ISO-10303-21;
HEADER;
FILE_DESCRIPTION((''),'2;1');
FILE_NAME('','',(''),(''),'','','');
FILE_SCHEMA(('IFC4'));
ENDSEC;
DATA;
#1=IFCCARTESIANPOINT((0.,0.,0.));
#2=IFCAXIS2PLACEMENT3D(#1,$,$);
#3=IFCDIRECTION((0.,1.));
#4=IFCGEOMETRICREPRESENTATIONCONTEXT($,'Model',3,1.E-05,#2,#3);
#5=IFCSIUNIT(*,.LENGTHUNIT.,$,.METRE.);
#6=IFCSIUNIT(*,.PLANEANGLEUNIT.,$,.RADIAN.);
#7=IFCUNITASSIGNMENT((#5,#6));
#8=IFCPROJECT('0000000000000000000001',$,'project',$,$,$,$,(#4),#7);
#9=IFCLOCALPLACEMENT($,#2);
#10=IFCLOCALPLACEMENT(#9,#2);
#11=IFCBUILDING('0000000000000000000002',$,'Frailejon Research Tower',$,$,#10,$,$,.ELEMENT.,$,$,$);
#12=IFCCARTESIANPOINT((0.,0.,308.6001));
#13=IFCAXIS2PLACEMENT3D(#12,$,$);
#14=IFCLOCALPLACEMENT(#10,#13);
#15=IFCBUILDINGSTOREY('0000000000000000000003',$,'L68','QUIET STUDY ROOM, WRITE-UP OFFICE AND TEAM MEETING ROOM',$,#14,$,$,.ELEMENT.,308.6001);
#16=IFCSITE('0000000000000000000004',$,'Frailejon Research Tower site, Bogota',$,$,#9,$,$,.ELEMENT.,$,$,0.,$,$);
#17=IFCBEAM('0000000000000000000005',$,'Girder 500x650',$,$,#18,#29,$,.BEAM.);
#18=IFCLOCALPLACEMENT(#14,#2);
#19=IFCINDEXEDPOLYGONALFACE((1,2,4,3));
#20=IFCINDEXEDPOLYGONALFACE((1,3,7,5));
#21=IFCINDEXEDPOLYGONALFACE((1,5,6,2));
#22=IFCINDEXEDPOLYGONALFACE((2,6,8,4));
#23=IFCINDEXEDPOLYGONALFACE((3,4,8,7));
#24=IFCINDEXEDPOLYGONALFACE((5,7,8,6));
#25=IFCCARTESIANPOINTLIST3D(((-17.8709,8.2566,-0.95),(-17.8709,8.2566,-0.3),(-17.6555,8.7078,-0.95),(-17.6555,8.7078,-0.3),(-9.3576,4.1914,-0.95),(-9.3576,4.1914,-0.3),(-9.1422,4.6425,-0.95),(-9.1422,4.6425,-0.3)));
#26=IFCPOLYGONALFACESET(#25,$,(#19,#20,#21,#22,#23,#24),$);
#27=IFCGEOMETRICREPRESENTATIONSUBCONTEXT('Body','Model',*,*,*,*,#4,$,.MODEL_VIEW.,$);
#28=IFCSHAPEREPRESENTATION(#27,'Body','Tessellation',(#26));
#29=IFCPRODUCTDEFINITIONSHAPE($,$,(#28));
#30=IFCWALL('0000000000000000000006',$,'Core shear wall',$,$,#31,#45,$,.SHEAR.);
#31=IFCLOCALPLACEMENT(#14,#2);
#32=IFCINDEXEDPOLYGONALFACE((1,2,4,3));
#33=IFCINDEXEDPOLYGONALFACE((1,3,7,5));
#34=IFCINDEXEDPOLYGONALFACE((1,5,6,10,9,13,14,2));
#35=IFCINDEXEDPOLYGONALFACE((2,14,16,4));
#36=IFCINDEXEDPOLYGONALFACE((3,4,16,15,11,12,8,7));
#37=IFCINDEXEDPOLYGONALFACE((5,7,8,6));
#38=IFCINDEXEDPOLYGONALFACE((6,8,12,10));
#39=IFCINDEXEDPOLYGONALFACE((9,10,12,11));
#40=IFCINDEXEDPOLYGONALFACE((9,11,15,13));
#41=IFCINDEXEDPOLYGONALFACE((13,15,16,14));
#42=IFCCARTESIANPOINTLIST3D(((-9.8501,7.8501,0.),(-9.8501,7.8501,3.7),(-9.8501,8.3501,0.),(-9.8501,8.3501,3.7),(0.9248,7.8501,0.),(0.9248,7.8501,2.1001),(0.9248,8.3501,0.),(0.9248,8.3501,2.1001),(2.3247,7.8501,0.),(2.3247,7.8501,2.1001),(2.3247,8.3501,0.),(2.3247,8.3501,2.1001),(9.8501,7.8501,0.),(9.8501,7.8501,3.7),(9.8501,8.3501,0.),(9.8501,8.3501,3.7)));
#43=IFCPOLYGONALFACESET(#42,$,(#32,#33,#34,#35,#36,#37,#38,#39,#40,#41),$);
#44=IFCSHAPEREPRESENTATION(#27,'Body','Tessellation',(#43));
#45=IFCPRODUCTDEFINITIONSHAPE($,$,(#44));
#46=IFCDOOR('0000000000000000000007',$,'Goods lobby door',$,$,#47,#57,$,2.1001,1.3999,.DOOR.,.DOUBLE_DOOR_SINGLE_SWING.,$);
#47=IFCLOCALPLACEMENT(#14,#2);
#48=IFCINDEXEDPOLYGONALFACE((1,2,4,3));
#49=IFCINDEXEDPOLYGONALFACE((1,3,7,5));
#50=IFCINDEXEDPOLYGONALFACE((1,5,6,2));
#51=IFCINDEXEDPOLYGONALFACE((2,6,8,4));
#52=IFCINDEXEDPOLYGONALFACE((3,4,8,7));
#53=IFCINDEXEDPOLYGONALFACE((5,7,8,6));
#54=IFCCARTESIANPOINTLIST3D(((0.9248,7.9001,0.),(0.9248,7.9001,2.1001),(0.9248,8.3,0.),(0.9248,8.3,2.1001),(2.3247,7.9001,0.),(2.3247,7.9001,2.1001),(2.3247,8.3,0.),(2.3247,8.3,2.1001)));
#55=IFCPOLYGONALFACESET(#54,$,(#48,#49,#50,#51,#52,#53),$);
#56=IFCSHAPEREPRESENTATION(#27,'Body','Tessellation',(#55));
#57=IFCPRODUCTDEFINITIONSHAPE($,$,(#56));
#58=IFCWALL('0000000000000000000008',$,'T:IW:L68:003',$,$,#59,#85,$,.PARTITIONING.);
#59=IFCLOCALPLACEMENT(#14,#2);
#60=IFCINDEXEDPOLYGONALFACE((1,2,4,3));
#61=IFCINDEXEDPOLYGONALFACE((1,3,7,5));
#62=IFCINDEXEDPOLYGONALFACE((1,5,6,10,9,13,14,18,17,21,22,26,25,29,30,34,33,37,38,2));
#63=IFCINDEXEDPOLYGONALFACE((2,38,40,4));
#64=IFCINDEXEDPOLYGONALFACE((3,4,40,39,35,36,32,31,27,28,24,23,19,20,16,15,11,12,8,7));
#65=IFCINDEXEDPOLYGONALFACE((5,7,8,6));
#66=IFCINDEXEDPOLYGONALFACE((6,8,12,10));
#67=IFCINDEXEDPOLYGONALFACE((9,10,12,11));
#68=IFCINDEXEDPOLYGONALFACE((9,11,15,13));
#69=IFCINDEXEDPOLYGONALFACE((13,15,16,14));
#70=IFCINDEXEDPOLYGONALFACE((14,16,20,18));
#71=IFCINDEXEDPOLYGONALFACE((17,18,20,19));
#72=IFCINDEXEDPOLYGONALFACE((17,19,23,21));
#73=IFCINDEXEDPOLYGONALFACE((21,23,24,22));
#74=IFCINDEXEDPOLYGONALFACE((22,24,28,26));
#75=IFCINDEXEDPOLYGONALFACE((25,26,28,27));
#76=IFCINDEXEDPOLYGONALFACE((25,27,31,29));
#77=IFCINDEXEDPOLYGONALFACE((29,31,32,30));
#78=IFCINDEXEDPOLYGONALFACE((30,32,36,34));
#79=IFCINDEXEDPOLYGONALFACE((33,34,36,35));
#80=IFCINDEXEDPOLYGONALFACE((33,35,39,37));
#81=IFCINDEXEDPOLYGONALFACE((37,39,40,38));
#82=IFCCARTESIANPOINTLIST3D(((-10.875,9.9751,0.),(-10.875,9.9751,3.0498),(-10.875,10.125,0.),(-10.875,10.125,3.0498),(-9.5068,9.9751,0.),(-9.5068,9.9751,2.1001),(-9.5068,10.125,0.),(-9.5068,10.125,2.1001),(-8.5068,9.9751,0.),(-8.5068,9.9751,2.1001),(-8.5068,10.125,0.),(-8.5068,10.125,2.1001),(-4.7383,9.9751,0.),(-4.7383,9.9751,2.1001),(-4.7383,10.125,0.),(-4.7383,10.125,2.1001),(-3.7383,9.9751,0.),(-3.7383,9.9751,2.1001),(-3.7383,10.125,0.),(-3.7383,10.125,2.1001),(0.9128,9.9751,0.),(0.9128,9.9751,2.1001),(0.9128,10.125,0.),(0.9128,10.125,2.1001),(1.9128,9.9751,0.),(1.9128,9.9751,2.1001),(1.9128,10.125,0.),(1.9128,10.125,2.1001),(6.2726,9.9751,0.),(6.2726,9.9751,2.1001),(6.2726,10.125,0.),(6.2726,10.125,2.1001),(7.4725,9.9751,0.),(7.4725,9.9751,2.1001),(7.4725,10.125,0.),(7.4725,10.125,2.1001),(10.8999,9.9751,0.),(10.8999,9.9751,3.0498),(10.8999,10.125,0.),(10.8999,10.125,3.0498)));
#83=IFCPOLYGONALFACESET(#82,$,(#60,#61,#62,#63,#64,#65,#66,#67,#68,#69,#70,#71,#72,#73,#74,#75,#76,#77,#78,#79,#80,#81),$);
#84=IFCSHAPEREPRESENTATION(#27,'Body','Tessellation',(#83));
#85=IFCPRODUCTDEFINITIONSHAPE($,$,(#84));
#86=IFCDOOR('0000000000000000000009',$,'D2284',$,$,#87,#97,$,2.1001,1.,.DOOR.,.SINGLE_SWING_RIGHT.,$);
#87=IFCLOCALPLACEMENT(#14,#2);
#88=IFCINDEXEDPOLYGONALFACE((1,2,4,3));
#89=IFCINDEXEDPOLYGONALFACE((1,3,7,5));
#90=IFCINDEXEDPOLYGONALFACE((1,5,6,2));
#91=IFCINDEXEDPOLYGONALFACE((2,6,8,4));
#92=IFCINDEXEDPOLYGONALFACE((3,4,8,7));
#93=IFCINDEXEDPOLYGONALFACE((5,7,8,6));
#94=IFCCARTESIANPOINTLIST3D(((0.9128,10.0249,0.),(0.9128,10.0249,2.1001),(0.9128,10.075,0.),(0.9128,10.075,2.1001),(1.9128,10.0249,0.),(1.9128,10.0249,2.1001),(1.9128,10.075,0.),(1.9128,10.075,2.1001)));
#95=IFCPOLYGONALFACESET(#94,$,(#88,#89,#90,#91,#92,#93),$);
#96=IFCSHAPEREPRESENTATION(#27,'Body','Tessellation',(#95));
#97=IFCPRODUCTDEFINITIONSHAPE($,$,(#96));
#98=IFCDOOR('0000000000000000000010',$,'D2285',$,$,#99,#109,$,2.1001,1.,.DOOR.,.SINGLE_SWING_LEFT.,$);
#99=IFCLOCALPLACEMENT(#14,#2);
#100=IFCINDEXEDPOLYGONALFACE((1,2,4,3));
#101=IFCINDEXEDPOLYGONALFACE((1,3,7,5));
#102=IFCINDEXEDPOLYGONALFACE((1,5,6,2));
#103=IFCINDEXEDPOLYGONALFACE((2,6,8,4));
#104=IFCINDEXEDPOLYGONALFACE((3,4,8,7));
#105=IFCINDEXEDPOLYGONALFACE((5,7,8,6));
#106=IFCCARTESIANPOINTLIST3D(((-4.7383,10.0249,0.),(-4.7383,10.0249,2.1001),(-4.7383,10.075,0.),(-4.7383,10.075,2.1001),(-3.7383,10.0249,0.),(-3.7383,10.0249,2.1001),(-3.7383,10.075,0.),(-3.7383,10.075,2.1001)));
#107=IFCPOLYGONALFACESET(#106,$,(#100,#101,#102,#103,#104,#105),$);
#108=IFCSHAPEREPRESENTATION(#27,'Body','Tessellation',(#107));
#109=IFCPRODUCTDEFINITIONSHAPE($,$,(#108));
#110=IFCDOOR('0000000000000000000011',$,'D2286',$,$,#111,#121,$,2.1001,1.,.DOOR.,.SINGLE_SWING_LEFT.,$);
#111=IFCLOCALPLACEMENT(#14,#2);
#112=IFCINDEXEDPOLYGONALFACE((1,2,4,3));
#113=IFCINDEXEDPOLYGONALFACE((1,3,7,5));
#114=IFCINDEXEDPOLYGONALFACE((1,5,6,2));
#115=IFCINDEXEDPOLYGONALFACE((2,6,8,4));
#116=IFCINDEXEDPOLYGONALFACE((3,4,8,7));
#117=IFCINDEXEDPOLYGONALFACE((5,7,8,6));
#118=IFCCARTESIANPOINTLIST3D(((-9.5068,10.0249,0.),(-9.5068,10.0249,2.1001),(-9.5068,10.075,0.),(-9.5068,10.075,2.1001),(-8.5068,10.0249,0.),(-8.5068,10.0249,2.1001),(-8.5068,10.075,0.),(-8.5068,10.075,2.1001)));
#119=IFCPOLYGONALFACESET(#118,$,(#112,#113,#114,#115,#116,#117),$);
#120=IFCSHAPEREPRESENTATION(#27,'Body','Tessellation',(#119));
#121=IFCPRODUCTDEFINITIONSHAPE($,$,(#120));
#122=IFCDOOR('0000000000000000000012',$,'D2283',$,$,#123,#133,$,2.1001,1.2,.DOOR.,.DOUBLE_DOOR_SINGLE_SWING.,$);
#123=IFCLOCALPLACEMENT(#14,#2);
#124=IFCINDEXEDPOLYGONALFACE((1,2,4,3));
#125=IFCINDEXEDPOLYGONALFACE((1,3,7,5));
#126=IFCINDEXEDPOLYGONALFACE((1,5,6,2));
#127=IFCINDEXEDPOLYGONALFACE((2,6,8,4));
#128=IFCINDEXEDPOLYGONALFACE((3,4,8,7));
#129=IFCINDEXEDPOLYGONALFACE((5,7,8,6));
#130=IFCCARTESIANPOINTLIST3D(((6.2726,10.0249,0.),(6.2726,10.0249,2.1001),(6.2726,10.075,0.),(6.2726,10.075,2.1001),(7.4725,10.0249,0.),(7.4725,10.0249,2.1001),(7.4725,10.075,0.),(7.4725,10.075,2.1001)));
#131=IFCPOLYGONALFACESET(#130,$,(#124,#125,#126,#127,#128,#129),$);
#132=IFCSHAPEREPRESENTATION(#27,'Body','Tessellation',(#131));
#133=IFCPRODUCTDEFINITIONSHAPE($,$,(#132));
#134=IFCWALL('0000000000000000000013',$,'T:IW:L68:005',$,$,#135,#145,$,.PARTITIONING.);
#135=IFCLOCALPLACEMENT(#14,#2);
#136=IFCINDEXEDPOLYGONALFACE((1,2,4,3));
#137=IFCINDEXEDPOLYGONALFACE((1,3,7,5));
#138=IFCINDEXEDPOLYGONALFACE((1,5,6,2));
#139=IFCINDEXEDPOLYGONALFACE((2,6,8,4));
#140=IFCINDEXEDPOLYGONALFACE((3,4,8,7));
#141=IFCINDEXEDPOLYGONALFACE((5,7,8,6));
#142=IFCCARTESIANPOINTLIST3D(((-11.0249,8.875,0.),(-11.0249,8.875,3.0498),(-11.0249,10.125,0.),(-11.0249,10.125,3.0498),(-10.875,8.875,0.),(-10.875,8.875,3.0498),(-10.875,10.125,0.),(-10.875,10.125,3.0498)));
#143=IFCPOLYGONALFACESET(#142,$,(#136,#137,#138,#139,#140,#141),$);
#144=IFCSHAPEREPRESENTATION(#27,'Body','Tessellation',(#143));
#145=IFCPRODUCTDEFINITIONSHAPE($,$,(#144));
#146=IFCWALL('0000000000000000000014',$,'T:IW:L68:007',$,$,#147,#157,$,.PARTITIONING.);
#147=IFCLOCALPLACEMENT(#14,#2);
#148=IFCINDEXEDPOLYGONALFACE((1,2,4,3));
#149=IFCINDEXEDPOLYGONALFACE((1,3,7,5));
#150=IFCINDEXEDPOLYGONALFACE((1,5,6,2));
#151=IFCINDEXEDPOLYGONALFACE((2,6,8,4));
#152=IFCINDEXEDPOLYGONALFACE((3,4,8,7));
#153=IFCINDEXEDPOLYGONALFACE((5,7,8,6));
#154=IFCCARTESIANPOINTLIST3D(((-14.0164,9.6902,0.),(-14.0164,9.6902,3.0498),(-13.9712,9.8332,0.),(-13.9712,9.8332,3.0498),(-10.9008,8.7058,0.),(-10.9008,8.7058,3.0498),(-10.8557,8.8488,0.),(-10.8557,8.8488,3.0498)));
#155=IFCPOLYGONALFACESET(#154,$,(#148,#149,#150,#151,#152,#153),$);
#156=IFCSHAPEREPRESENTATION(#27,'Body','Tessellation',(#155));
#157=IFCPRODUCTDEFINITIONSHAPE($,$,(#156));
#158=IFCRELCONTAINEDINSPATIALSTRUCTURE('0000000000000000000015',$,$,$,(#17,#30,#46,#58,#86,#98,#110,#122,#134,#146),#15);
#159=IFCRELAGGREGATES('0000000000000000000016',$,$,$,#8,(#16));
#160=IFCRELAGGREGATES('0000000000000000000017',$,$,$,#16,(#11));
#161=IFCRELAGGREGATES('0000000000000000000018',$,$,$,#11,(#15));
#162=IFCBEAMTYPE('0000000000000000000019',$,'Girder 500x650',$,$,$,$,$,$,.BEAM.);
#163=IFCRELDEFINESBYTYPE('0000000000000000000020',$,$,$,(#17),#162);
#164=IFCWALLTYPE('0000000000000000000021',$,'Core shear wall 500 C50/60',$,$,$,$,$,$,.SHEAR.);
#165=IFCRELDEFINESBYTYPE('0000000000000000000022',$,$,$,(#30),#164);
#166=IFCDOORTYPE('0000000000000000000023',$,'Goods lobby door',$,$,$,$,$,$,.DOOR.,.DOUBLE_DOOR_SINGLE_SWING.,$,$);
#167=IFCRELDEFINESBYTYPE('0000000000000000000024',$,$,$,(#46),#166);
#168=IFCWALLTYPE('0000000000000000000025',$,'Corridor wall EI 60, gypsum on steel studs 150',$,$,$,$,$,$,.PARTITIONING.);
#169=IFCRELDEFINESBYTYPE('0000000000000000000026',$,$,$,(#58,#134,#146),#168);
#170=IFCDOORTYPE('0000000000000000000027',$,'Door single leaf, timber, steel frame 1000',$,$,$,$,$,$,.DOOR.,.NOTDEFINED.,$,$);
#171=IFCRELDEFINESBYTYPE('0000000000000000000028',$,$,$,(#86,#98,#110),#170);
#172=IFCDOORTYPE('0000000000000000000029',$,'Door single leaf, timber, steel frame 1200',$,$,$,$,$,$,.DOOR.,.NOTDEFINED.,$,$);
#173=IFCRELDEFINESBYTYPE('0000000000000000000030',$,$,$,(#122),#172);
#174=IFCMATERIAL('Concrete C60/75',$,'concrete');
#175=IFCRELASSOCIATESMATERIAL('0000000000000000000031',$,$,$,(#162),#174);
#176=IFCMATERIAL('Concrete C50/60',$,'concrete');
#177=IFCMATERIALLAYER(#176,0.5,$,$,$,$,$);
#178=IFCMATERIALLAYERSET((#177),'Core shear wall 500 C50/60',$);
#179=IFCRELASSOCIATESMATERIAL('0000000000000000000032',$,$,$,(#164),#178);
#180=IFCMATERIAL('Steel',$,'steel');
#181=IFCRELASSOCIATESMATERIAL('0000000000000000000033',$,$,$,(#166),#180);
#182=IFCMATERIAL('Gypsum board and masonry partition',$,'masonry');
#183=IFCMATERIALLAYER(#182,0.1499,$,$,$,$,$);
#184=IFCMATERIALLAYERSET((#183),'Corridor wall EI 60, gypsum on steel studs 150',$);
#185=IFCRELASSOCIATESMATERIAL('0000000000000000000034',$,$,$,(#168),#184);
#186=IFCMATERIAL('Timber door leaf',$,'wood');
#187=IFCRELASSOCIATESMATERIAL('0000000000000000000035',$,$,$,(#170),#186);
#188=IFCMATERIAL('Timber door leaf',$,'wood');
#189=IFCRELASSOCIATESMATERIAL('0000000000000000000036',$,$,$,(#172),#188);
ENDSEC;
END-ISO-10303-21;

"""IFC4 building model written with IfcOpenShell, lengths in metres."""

from ifc_helpers import new_model, si_unit, direction, frame, frame_2d, origin, origin_2d, place, context, subcontext, project, spatial, rectangle, extrude, material, layer, layer_set, material_profile, profile_set, type_object, element, fill, save


model = new_model("IFC4")

# Units and contexts
model_context = context("Model", 3, precision=1e-05, world=origin(), true_north=direction((0.0, 1.0)))
body_context = subcontext(model_context, "Body", "Model", "MODEL_VIEW")
ifc_project = project(units=[si_unit("LENGTHUNIT", "METRE"), si_unit("PLANEANGLEUNIT", "RADIAN")], contexts=[model_context])

# Site, building, storey
site_placement = place(None, origin())
site = spatial("IfcSite", under=ifc_project, at=site_placement, Name="Frailejon Research Tower site, Bogota", CompositionType="ELEMENT", RefElevation=0.0)
building_placement = place(site_placement, origin())
building = spatial("IfcBuilding", under=site, at=building_placement, Name="Frailejon Research Tower", CompositionType="ELEMENT")
storey_placement = place(building_placement, frame((0.0, 0.0, 308.6001)))
storey = spatial("IfcBuildingStorey", under=building, at=storey_placement, Name="L68", Description="QUIET STUDY ROOM, WRITE-UP OFFICE AND TEAM MEETING ROOM", CompositionType="ELEMENT", Elevation=308.6001)

# Beam
ifc_material_1 = material(Name="Concrete C60/75", Category="concrete")
ifc_material_profile = material_profile(ifc_material_1, rectangle(XDim=0.5, YDim=0.6499, at=origin_2d()), Name="Girder 500x650")
ifc_profile_set = profile_set([ifc_material_profile], Name="Concrete C60/75")
beam_type = type_object("IfcBeamType", Name="Girder 500x650", PredefinedType="BEAM", material=ifc_profile_set)
beam_placement = place(storey_placement, frame((-17.7632, 8.4822, -0.625), z_axis=(0.902396, -0.430909, 0.0), x_axis=(0.430909, 0.902396, 0.0)))
element("IfcBeam", 1, at=beam_placement, inside=storey, type_object=beam_type, Name="Girder 500x650", PredefinedType="BEAM", context=body_context, shape_type="SweptSolid", body=[
    extrude(rectangle(XDim=0.5, YDim=0.6499, at=origin_2d()), origin(), (0.0, 0.0, 1.0), 9.4341),
])

# Wall, opening, door
ifc_material_2 = material(Name="Concrete C50/60", Category="concrete")
ifc_layer_1 = layer(ifc_material_2, 0.5)
ifc_layer_set_1 = layer_set([ifc_layer_1], Name="Core shear wall 500 C50/60")
wall_type_1 = type_object("IfcWallType", Name="Core shear wall 500 C50/60", PredefinedType="SHEAR", material=ifc_layer_set_1)
wall_1_placement = place(storey_placement, frame((-9.8501, 8.1001, 0.0), z_axis=(0.0, 0.0, 1.0), x_axis=(1.0, 0.0, 0.0)))
wall_1 = element("IfcWall", 2, at=wall_1_placement, inside=storey, type_object=wall_type_1, Name="Core shear wall", PredefinedType="SHEAR", context=body_context, shape_type="SweptSolid", body=[
    extrude(rectangle(XDim=19.7002, YDim=0.5, at=frame_2d((9.8501, 0.0))), origin(), (0.0, 0.0, 1.0), 3.7),
])
opening_1_placement = place(wall_1_placement, frame((10.7749, 0.0, 0.0)))
opening_1 = element("IfcOpeningElement", 3, at=opening_1_placement, cuts=wall_1, PredefinedType="OPENING", context=body_context, shape_type="SweptSolid", body=[
    extrude(rectangle(XDim=1.3999, YDim=2.1001, at=frame_2d((0.7, 1.05))), frame((0.0, 0.26, 0.0), z_axis=(0.0, -1.0, 0.0), x_axis=(1.0, 0.0, 0.0)), (0.0, 0.0, 1.0), 0.52),
])
ifc_material_3 = material(Name="Steel", Category="steel")
door_type_1 = type_object("IfcDoorType", Name="Goods lobby door", OperationType="DOUBLE_DOOR_SINGLE_SWING", PredefinedType="DOOR", material=ifc_material_3)
door_1_placement = place(opening_1_placement, origin())
door_1 = element("IfcDoor", 4, at=door_1_placement, inside=storey, type_object=door_type_1, Name="Goods lobby door", OperationType="DOUBLE_DOOR_SINGLE_SWING", OverallHeight=2.1001, OverallWidth=1.3999, PredefinedType="DOOR", context=body_context, shape_type="SweptSolid", body=[
    extrude(rectangle(XDim=1.3999, YDim=2.1001, at=frame_2d((0.7, 1.05))), frame((0.0, 0.2, 0.0), z_axis=(0.0, -1.0, 0.0), x_axis=(1.0, 0.0, 0.0)), (0.0, 0.0, 1.0), 0.3999),
])
fill(opening_1, door_1)

# Wall, openings, doors
ifc_material_4 = material(Name="Gypsum board and masonry partition", Category="masonry")
ifc_layer_2 = layer(ifc_material_4, 0.1499)
ifc_layer_set_2 = layer_set([ifc_layer_2], Name="Corridor wall EI 60, gypsum on steel studs 150")
wall_type_2 = type_object("IfcWallType", Name="Corridor wall EI 60, gypsum on steel studs 150", PredefinedType="PARTITIONING", material=ifc_layer_set_2)
wall_2_placement = place(storey_placement, frame((-10.875, 10.05, 0.0), z_axis=(0.0, 0.0, 1.0), x_axis=(1.0, 0.0, 0.0)))
wall_2 = element("IfcWall", 5, at=wall_2_placement, inside=storey, type_object=wall_type_2, Name="T:IW:L68:003", PredefinedType="PARTITIONING", context=body_context, shape_type="SweptSolid", body=[
    extrude(rectangle(XDim=21.7749, YDim=0.1499, at=frame_2d((10.8875, 0.0))), origin(), (0.0, 0.0, 1.0), 3.0498),
])
opening_2_placement = place(wall_2_placement, frame((17.1475, 0.0, 0.0)))
opening_2 = element("IfcOpeningElement", 6, at=opening_2_placement, cuts=wall_2, PredefinedType="OPENING", context=body_context, shape_type="SweptSolid", body=[
    extrude(rectangle(XDim=1.2, YDim=2.1001, at=frame_2d((0.6001, 1.05))), frame((0.0, 0.085, 0.0), z_axis=(0.0, -1.0, 0.0), x_axis=(1.0, 0.0, 0.0)), (0.0, 0.0, 1.0), 0.1699),
])
opening_3_placement = place(wall_2_placement, frame((11.7878, 0.0, 0.0)))
opening_3 = element("IfcOpeningElement", 7, at=opening_3_placement, cuts=wall_2, PredefinedType="OPENING", context=body_context, shape_type="SweptSolid", body=[
    extrude(rectangle(XDim=1.0, YDim=2.1001, at=frame_2d((0.5, 1.05))), frame((0.0, 0.085, 0.0), z_axis=(0.0, -1.0, 0.0), x_axis=(1.0, 0.0, 0.0)), (0.0, 0.0, 1.0), 0.1699),
])
opening_4_placement = place(wall_2_placement, frame((6.1367, 0.0, 0.0)))
opening_4 = element("IfcOpeningElement", 8, at=opening_4_placement, cuts=wall_2, PredefinedType="OPENING", context=body_context, shape_type="SweptSolid", body=[
    extrude(rectangle(XDim=1.0, YDim=2.1001, at=frame_2d((0.5, 1.05))), frame((0.0, 0.085, 0.0), z_axis=(0.0, -1.0, 0.0), x_axis=(1.0, 0.0, 0.0)), (0.0, 0.0, 1.0), 0.1699),
])
opening_5_placement = place(wall_2_placement, frame((1.3682, 0.0, 0.0)))
opening_5 = element("IfcOpeningElement", 9, at=opening_5_placement, cuts=wall_2, PredefinedType="OPENING", context=body_context, shape_type="SweptSolid", body=[
    extrude(rectangle(XDim=1.0, YDim=2.1001, at=frame_2d((0.5, 1.05))), frame((0.0, 0.085, 0.0), z_axis=(0.0, -1.0, 0.0), x_axis=(1.0, 0.0, 0.0)), (0.0, 0.0, 1.0), 0.1699),
])
ifc_material_5 = material(Name="Timber door leaf", Category="wood")
door_type_2 = type_object("IfcDoorType", Name="Door single leaf, timber, steel frame 1000", OperationType="NOTDEFINED", PredefinedType="DOOR", material=ifc_material_5)
door_2_placement = place(opening_3_placement, origin())
door_2 = element("IfcDoor", 10, at=door_2_placement, inside=storey, type_object=door_type_2, Name="D2284", OperationType="SINGLE_SWING_RIGHT", OverallHeight=2.1001, OverallWidth=1.0, PredefinedType="DOOR", context=body_context, shape_type="SweptSolid", body=[
    extrude(rectangle(XDim=1.0, YDim=2.1001, at=frame_2d((0.5, 1.05))), frame((0.0, 0.0249, 0.0), z_axis=(0.0, -1.0, 0.0), x_axis=(1.0, 0.0, 0.0)), (0.0, 0.0, 1.0), 0.05),
])
fill(opening_3, door_2)
door_3_placement = place(opening_4_placement, origin())
door_3 = element("IfcDoor", 11, at=door_3_placement, inside=storey, type_object=door_type_2, Name="D2285", OperationType="SINGLE_SWING_LEFT", OverallHeight=2.1001, OverallWidth=1.0, PredefinedType="DOOR", context=body_context, shape_type="SweptSolid", body=[
    extrude(rectangle(XDim=1.0, YDim=2.1001, at=frame_2d((0.5, 1.05))), frame((0.0, 0.0249, 0.0), z_axis=(0.0, -1.0, 0.0), x_axis=(1.0, 0.0, 0.0)), (0.0, 0.0, 1.0), 0.05),
])
fill(opening_4, door_3)
door_4_placement = place(opening_5_placement, origin())
door_4 = element("IfcDoor", 12, at=door_4_placement, inside=storey, type_object=door_type_2, Name="D2286", OperationType="SINGLE_SWING_LEFT", OverallHeight=2.1001, OverallWidth=1.0, PredefinedType="DOOR", context=body_context, shape_type="SweptSolid", body=[
    extrude(rectangle(XDim=1.0, YDim=2.1001, at=frame_2d((0.5, 1.05))), frame((0.0, 0.0249, 0.0), z_axis=(0.0, -1.0, 0.0), x_axis=(1.0, 0.0, 0.0)), (0.0, 0.0, 1.0), 0.05),
])
fill(opening_5, door_4)
ifc_material_6 = material(Name="Timber door leaf", Category="wood")
door_type_3 = type_object("IfcDoorType", Name="Door single leaf, timber, steel frame 1200", OperationType="NOTDEFINED", PredefinedType="DOOR", material=ifc_material_6)
door_5_placement = place(opening_2_placement, origin())
door_5 = element("IfcDoor", 13, at=door_5_placement, inside=storey, type_object=door_type_3, Name="D2283", OperationType="DOUBLE_DOOR_SINGLE_SWING", OverallHeight=2.1001, OverallWidth=1.2, PredefinedType="DOOR", context=body_context, shape_type="SweptSolid", body=[
    extrude(rectangle(XDim=1.2, YDim=2.1001, at=frame_2d((0.6001, 1.05))), frame((0.0, 0.0249, 0.0), z_axis=(0.0, -1.0, 0.0), x_axis=(1.0, 0.0, 0.0)), (0.0, 0.0, 1.0), 0.05),
])
fill(opening_2, door_5)

# Walls
wall_3_placement = place(storey_placement, frame((-10.95, 8.875, 0.0), z_axis=(0.0, 0.0, 1.0), x_axis=(0.0, 1.0, 0.0)))
element("IfcWall", 14, at=wall_3_placement, inside=storey, type_object=wall_type_2, Name="T:IW:L68:005", PredefinedType="PARTITIONING", context=body_context, shape_type="SweptSolid", body=[
    extrude(rectangle(XDim=1.25, YDim=0.1499, at=frame_2d((0.625, 0.0))), origin(), (0.0, 0.0, 1.0), 3.0498),
])
wall_4_placement = place(storey_placement, frame((-13.9939, 9.7617, 0.0), z_axis=(0.0, 0.0, 1.0), x_axis=(0.953535, -0.301282, 0.0)))
element("IfcWall", 15, at=wall_4_placement, inside=storey, type_object=wall_type_2, Name="T:IW:L68:007", PredefinedType="PARTITIONING", context=body_context, shape_type="SweptSolid", body=[
    extrude(rectangle(XDim=3.2673, YDim=0.1499, at=frame_2d((1.6338, 0.0))), origin(), (0.0, 0.0, 1.0), 3.0498),
])

save(model, "model.ifc")
